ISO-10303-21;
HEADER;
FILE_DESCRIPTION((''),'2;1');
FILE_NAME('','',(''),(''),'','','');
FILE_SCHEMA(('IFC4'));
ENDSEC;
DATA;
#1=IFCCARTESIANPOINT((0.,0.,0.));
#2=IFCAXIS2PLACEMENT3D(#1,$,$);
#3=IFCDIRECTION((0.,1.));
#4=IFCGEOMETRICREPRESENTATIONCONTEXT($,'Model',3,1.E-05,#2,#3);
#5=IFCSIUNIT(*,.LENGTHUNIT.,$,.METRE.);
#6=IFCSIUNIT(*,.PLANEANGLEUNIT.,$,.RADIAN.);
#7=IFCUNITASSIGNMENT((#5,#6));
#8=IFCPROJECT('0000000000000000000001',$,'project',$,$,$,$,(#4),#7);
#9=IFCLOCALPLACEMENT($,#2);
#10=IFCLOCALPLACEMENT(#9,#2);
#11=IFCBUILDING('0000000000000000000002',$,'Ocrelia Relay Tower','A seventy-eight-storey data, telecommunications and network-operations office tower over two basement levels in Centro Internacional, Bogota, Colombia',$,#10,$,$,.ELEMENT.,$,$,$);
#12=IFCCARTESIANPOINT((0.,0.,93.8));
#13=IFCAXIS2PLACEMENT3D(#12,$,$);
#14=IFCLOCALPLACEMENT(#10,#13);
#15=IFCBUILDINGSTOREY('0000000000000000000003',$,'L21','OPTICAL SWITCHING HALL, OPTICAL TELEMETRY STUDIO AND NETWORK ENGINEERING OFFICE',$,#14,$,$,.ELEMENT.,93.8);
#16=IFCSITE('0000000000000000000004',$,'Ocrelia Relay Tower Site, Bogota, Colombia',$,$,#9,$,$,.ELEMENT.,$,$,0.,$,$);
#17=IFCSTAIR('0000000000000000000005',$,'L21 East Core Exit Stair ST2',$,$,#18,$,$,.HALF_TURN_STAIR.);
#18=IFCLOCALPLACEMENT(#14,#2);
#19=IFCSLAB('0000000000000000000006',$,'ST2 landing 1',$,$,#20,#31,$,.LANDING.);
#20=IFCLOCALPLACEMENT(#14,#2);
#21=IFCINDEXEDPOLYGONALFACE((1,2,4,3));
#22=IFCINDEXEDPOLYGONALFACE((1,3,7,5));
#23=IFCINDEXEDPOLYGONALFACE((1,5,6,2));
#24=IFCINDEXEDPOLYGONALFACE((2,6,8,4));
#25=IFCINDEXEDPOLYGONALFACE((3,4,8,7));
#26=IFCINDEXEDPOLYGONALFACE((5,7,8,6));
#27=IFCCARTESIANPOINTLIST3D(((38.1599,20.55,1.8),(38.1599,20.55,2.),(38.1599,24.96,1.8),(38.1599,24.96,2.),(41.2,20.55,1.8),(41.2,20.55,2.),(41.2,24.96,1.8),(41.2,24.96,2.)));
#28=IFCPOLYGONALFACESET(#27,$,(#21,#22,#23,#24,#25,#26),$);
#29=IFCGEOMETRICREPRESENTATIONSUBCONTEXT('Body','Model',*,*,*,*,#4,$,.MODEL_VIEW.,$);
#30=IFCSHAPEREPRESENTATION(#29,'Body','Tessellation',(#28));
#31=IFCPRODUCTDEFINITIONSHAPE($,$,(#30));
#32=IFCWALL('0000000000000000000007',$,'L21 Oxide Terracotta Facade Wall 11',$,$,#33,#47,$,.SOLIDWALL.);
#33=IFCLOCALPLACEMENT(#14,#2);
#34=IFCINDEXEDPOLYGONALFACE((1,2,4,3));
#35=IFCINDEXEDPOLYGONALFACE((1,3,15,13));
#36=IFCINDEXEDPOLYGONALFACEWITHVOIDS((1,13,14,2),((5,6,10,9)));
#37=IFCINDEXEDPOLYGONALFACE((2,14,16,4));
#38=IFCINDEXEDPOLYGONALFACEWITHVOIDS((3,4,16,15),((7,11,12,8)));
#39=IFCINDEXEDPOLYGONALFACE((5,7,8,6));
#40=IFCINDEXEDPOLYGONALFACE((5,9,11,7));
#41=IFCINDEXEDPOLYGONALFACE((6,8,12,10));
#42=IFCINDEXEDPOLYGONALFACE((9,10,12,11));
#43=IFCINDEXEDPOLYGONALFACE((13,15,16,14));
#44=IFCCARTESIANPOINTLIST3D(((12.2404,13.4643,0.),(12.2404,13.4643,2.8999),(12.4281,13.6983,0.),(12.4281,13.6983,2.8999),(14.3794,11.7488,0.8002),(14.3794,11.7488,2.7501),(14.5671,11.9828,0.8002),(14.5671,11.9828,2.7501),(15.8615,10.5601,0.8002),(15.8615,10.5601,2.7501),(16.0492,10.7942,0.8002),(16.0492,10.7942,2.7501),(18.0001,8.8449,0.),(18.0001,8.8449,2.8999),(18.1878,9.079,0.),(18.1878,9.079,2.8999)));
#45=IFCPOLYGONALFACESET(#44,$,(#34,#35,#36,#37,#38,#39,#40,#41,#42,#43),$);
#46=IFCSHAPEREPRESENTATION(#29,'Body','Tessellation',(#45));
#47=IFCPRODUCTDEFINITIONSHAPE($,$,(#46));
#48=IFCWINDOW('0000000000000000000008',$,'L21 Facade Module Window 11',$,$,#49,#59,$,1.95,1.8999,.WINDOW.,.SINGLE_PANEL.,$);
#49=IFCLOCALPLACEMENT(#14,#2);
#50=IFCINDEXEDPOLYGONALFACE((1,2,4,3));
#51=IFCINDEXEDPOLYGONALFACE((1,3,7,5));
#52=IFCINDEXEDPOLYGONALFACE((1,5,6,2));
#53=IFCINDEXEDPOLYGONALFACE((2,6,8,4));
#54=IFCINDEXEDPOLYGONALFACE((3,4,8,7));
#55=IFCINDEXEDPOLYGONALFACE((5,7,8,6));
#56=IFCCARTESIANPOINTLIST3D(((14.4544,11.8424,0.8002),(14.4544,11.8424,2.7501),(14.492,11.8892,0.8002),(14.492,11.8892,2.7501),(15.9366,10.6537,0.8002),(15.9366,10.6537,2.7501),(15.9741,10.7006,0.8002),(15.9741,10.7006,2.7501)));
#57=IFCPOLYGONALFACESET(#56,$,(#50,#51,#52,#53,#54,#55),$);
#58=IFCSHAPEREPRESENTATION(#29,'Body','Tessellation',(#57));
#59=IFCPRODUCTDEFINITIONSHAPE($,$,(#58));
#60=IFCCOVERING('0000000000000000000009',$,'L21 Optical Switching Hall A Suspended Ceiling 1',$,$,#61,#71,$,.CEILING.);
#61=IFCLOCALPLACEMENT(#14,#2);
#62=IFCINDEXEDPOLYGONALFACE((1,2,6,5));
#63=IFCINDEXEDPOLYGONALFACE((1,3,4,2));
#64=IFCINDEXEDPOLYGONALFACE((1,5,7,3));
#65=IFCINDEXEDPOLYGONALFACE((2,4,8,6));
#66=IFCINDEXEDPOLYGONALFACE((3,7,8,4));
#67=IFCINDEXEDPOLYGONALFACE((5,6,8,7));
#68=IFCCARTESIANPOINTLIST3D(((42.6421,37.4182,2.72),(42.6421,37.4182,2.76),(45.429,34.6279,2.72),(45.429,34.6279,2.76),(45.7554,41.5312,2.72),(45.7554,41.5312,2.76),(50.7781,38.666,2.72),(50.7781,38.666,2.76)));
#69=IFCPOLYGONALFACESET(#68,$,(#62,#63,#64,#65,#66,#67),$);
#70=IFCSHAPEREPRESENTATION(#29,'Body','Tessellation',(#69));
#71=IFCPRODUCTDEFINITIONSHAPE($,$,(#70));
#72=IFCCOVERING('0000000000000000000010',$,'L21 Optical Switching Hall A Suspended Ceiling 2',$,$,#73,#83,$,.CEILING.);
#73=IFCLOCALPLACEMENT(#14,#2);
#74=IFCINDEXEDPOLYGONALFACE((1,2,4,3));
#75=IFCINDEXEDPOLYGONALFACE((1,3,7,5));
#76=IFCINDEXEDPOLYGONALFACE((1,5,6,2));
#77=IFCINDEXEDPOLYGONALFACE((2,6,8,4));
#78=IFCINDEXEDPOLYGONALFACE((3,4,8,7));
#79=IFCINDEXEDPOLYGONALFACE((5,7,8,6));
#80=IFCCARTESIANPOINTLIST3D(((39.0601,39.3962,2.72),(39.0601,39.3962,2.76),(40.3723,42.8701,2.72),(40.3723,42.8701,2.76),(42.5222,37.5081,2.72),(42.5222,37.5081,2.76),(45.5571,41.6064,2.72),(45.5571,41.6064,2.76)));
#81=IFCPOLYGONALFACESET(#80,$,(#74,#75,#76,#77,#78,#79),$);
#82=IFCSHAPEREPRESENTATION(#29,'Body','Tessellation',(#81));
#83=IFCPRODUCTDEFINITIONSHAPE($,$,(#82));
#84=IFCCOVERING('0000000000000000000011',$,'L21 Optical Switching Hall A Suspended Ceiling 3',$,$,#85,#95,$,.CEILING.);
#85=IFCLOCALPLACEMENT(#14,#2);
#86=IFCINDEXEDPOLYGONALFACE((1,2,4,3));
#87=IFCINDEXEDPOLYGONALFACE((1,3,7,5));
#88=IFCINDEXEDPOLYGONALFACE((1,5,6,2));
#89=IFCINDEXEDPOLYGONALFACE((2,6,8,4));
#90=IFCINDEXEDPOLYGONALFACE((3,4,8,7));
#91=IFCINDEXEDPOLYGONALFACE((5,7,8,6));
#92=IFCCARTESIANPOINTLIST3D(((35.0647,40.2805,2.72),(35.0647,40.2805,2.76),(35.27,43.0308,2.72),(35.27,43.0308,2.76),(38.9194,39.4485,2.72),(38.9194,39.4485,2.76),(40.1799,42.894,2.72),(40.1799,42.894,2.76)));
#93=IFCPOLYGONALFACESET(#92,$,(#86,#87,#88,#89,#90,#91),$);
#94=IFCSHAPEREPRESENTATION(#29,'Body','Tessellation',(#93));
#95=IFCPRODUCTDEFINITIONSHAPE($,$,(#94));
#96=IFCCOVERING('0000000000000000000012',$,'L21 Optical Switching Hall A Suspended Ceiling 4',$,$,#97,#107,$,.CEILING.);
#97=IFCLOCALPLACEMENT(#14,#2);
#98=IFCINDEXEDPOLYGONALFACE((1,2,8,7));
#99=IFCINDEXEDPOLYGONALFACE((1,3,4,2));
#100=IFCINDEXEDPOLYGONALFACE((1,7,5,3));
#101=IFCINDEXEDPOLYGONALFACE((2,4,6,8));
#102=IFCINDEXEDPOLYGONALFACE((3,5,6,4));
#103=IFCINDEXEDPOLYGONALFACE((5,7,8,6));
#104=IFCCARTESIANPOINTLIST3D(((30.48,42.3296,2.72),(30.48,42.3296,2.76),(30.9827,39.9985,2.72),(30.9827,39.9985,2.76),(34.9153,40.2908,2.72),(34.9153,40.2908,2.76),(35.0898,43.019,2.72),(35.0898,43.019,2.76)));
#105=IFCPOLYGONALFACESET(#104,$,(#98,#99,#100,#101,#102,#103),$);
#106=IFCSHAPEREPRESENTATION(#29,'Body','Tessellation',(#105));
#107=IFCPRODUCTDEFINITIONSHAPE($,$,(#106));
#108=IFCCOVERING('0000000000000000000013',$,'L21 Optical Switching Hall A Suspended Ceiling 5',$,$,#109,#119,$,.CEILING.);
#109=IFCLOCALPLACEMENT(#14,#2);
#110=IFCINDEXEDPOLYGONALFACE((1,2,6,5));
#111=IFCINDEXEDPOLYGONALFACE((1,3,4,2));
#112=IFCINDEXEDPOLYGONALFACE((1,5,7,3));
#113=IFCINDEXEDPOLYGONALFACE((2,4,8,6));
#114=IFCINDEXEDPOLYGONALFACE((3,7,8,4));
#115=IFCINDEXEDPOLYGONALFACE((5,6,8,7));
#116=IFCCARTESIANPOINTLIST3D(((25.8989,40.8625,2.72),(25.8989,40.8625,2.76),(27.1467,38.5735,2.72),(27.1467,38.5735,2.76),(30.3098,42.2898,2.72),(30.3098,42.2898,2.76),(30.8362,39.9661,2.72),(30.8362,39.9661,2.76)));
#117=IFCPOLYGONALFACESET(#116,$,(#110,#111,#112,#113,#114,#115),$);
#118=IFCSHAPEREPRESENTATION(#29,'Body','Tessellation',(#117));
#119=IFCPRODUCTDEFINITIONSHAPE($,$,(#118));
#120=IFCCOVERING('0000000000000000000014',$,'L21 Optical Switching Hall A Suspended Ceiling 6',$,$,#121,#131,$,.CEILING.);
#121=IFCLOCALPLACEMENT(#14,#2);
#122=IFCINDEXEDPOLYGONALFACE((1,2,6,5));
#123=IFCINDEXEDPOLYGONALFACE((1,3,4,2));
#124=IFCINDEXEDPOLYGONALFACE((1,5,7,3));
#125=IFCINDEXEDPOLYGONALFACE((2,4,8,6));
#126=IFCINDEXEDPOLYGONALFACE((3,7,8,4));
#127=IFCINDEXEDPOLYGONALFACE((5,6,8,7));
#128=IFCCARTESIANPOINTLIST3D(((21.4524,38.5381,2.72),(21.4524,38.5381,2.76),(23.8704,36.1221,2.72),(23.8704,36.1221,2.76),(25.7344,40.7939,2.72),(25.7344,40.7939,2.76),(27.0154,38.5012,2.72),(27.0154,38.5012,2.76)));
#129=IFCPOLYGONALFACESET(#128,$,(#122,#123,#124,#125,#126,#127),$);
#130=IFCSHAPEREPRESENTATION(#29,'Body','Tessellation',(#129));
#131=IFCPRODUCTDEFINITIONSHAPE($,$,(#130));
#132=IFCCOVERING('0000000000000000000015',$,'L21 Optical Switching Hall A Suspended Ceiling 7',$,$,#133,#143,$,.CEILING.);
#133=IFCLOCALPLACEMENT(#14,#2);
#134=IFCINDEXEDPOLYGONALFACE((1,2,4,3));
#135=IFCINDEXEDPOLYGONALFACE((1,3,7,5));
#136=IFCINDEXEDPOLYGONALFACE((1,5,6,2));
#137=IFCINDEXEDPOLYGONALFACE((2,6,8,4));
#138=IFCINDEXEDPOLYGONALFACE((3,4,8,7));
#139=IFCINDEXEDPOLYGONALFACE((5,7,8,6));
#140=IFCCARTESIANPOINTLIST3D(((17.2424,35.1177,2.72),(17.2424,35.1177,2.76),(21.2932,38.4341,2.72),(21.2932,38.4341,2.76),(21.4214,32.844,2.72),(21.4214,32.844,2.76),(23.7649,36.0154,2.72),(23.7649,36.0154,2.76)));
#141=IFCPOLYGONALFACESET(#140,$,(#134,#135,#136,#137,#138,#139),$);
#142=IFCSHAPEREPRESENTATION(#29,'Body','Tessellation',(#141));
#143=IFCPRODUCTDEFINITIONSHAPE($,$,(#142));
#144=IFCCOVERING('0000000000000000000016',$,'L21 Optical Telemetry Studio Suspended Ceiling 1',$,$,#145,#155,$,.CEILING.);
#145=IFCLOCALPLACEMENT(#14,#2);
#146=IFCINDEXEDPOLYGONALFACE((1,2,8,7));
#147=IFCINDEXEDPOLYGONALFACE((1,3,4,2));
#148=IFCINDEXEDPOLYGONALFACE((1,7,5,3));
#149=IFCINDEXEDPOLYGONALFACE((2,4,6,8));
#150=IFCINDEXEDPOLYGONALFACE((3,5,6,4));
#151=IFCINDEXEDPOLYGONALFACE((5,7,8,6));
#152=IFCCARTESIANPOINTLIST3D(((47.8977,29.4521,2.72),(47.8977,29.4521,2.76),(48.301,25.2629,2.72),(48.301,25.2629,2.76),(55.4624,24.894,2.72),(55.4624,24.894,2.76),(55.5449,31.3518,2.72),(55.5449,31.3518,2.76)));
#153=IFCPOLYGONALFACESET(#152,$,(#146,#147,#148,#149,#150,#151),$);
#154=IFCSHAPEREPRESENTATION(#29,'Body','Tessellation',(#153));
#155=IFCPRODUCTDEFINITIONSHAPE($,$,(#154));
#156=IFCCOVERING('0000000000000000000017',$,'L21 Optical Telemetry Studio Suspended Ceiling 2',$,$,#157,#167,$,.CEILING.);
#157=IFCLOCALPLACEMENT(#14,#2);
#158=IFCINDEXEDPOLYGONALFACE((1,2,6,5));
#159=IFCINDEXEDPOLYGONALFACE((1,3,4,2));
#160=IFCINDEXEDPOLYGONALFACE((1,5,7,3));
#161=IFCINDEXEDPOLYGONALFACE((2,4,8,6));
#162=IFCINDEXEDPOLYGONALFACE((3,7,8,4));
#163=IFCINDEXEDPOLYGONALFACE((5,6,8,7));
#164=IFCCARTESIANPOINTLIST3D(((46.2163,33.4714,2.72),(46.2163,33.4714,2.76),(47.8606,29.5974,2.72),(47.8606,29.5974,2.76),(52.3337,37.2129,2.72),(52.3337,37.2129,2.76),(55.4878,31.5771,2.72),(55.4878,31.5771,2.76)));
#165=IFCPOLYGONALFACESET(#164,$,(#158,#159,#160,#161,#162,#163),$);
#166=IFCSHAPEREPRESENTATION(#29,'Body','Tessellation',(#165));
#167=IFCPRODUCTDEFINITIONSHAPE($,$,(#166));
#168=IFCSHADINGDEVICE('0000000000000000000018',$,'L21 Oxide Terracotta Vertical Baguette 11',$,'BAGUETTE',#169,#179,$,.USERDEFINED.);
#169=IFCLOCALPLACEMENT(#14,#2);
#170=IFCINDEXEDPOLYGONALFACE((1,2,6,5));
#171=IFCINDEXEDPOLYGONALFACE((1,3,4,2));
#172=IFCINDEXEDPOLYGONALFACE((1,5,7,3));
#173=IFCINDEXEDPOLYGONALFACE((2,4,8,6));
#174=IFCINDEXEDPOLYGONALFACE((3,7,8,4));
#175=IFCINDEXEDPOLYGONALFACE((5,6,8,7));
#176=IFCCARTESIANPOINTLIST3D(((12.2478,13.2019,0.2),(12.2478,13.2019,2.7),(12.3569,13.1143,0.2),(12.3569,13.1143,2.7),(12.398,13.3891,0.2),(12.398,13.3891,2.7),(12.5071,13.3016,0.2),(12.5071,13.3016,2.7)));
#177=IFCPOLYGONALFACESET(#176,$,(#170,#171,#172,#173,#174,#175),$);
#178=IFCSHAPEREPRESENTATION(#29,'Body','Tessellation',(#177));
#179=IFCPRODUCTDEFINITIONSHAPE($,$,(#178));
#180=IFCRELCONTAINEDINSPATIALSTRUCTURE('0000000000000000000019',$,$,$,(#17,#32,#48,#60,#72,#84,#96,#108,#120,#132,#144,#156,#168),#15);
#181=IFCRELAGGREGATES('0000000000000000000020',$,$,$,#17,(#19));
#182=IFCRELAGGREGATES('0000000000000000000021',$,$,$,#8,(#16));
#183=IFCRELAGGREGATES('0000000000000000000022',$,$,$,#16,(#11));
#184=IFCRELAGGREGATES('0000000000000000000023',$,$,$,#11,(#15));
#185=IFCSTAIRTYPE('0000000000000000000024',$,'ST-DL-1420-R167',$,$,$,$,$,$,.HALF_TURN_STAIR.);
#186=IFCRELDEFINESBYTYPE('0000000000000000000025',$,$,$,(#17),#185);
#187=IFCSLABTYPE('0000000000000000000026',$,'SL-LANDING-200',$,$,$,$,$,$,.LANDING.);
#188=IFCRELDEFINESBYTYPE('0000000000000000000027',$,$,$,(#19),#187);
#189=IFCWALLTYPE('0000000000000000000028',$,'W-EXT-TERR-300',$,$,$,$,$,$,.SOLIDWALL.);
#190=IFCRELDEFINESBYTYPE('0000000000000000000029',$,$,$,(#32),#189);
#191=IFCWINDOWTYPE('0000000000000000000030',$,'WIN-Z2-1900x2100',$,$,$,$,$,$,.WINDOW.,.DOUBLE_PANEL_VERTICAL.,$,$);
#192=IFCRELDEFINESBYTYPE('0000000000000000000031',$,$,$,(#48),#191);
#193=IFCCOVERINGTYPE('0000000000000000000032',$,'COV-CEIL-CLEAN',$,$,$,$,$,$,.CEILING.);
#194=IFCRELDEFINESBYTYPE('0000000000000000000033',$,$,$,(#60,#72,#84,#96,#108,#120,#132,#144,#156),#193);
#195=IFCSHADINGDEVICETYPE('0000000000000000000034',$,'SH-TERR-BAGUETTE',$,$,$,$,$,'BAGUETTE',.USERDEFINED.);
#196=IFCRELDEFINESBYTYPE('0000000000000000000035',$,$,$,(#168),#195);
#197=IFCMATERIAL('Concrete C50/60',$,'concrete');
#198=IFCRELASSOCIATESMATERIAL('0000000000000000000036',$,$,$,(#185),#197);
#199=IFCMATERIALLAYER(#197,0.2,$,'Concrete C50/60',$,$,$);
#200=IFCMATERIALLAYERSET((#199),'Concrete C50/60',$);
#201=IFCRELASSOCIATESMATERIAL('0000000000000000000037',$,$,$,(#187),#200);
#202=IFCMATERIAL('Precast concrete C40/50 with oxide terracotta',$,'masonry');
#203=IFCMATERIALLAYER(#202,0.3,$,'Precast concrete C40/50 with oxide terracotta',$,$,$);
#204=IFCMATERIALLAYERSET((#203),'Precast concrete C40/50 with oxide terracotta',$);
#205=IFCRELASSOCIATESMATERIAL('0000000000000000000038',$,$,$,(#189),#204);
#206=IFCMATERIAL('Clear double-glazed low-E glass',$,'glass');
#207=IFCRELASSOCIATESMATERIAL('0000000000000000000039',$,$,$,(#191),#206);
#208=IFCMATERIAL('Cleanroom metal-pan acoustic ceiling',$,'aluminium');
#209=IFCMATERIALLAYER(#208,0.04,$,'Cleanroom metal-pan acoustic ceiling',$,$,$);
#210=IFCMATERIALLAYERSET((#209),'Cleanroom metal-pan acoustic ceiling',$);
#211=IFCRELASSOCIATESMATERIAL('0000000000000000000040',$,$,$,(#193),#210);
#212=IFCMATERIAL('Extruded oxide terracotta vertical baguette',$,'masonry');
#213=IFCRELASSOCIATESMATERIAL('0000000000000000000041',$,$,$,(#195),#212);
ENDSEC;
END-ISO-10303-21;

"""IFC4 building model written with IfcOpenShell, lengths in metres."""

from ifc_helpers import new_model, si_unit, direction, frame, frame_2d, origin, origin_2d, place, context, subcontext, project, spatial, polyline, rectangle, outline, extrude, material, layer, layer_set, type_object, element, fill, aggregate, save


model = new_model("IFC4")

# Units and contexts
model_context = context("Model", 3, precision=1e-05, world=origin(), true_north=direction((0.0, 1.0)))
body_context = subcontext(model_context, "Body", "Model", "MODEL_VIEW")
ifc_project = project(units=[si_unit("LENGTHUNIT", "METRE"), si_unit("PLANEANGLEUNIT", "RADIAN")], contexts=[model_context])

# Site, building, storey
site_placement = place(None, origin())
site = spatial("IfcSite", under=ifc_project, at=site_placement, Name="Ocrelia Relay Tower Site, Bogota, Colombia", CompositionType="ELEMENT", RefElevation=0.0)
building_placement = place(site_placement, origin())
building = spatial("IfcBuilding", under=site, at=building_placement, Name="Ocrelia Relay Tower", Description="A seventy-eight-storey data, telecommunications and network-operations office tower over two basement levels in Centro Internacional, Bogota, Colombia", CompositionType="ELEMENT")
storey_placement = place(building_placement, frame((0.0, 0.0, 93.8)))
storey = spatial("IfcBuildingStorey", under=building, at=storey_placement, Name="L21", Description="OPTICAL SWITCHING HALL, OPTICAL TELEMETRY STUDIO AND NETWORK ENGINEERING OFFICE", CompositionType="ELEMENT", Elevation=93.8)

# Shared definitions
ifc_material_1 = material(Name="Concrete C50/60", Category="concrete")

# Stair, slab
stair_type = type_object("IfcStairType", Name="ST-DL-1420-R167", PredefinedType="HALF_TURN_STAIR", material=ifc_material_1)
ifc_layer_1 = layer(ifc_material_1, 0.2, Name="Concrete C50/60")
ifc_layer_set_1 = layer_set([ifc_layer_1], Name="Concrete C50/60")
slab_type_1 = type_object("IfcSlabType", Name="SL-LANDING-200", PredefinedType="LANDING", material=ifc_layer_set_1)
stair_1_placement = place(storey_placement, origin())
stair_1 = element("IfcStair", 1, at=stair_1_placement, inside=storey, type_object=stair_type, Name="L21 East Core Exit Stair ST2", PredefinedType="HALF_TURN_STAIR")
slab_1_placement = place(storey_placement, frame((0.0, 0.0, 1.8)))
slab_1 = element("IfcSlab", 2, at=slab_1_placement, type_object=slab_type_1, Name="ST2 landing 1", PredefinedType="LANDING", context=body_context, shape_type="SweptSolid", body=[
    extrude(outline(polyline([(38.1599, 24.96), (38.1599, 20.55), (41.2, 20.55), (41.2, 24.96), (38.1599, 24.96)])), origin(), (0.0, 0.0, 1.0), 0.2),
])
aggregate(stair_1, [slab_1])

# Wall, opening, window
ifc_material_2 = material(Name="Precast concrete C40/50 with oxide terracotta", Category="masonry")
ifc_layer_2 = layer(ifc_material_2, 0.3, Name="Precast concrete C40/50 with oxide terracotta")
ifc_layer_set_2 = layer_set([ifc_layer_2], Name="Precast concrete C40/50 with oxide terracotta")
wall_type = type_object("IfcWallType", Name="W-EXT-TERR-300", PredefinedType="SOLIDWALL", material=ifc_layer_set_2)
wall_placement = place(storey_placement, frame((12.3342, 13.5813, 0.0), z_axis=(0.0, 0.0, 1.0), x_axis=(0.780104, -0.62565, 0.0)))
wall = element("IfcWall", 3, at=wall_placement, inside=storey, type_object=wall_type, Name="L21 Oxide Terracotta Facade Wall 11", PredefinedType="SOLIDWALL", context=body_context, shape_type="SweptSolid", body=[
    extrude(rectangle(XDim=7.3833, YDim=0.3, at=frame_2d((3.6917, 0.0))), origin(), (0.0, 0.0, 1.0), 2.8999),
])
opening_placement = place(wall_placement, frame((2.7419, 0.0, 0.8)))
opening = element("IfcOpeningElement", 4, at=opening_placement, cuts=wall, PredefinedType="OPENING", context=body_context, shape_type="SweptSolid", body=[
    extrude(rectangle(XDim=1.8999, YDim=1.95, at=frame_2d((0.95, 0.9751))), frame((0.0, 0.1602, 0.0), z_axis=(0.0, -1.0, 0.0), x_axis=(1.0, 0.0, 0.0)), (0.0, 0.0, 1.0), 0.3201),
])
ifc_material_3 = material(Name="Clear double-glazed low-E glass", Category="glass")
window_type = type_object("IfcWindowType", Name="WIN-Z2-1900x2100", PartitioningType="DOUBLE_PANEL_VERTICAL", PredefinedType="WINDOW", material=ifc_material_3)
window_placement = place(opening_placement, origin())
window = element("IfcWindow", 5, at=window_placement, inside=storey, type_object=window_type, Name="L21 Facade Module Window 11", OverallHeight=1.95, OverallWidth=1.8999, PartitioningType="SINGLE_PANEL", PredefinedType="WINDOW", context=body_context, shape_type="SweptSolid", body=[
    extrude(rectangle(XDim=1.8999, YDim=1.95, at=frame_2d((0.95, 0.9751))), frame((0.0, 0.03, 0.0), z_axis=(0.0, -1.0, 0.0), x_axis=(1.0, 0.0, 0.0)), (0.0, 0.0, 1.0), 0.0601),
])
fill(opening, window)

# Coverings
ifc_material_4 = material(Name="Cleanroom metal-pan acoustic ceiling", Category="aluminium")
ifc_layer_3 = layer(ifc_material_4, 0.04, Name="Cleanroom metal-pan acoustic ceiling")
ifc_layer_set_3 = layer_set([ifc_layer_3], Name="Cleanroom metal-pan acoustic ceiling")
covering_type = type_object("IfcCoveringType", Name="COV-CEIL-CLEAN", PredefinedType="CEILING", material=ifc_layer_set_3)
covering_1_placement = place(storey_placement, frame((0.0, 0.0, 2.72)))
element("IfcCovering", 6, at=covering_1_placement, inside=storey, type_object=covering_type, Name="L21 Optical Switching Hall A Suspended Ceiling 1", PredefinedType="CEILING", context=body_context, shape_type="SweptSolid", body=[
    extrude(outline(polyline([(45.429, 34.6279), (50.7781, 38.666), (45.7554, 41.5312), (42.6421, 37.4182), (45.429, 34.6279)])), origin(), (0.0, 0.0, 1.0), 0.04),
])
covering_2_placement = place(storey_placement, frame((0.0, 0.0, 2.72)))
element("IfcCovering", 7, at=covering_2_placement, inside=storey, type_object=covering_type, Name="L21 Optical Switching Hall A Suspended Ceiling 2", PredefinedType="CEILING", context=body_context, shape_type="SweptSolid", body=[
    extrude(outline(polyline([(42.5222, 37.5081), (45.5571, 41.6064), (40.3723, 42.8701), (39.0601, 39.3962), (42.5222, 37.5081)])), origin(), (0.0, 0.0, 1.0), 0.04),
])
covering_3_placement = place(storey_placement, frame((0.0, 0.0, 2.72)))
element("IfcCovering", 8, at=covering_3_placement, inside=storey, type_object=covering_type, Name="L21 Optical Switching Hall A Suspended Ceiling 3", PredefinedType="CEILING", context=body_context, shape_type="SweptSolid", body=[
    extrude(outline(polyline([(38.9194, 39.4485), (40.1799, 42.894), (35.27, 43.0308), (35.0647, 40.2805), (38.9194, 39.4485)])), origin(), (0.0, 0.0, 1.0), 0.04),
])
covering_4_placement = place(storey_placement, frame((0.0, 0.0, 2.72)))
element("IfcCovering", 9, at=covering_4_placement, inside=storey, type_object=covering_type, Name="L21 Optical Switching Hall A Suspended Ceiling 4", PredefinedType="CEILING", context=body_context, shape_type="SweptSolid", body=[
    extrude(outline(polyline([(34.9153, 40.2908), (35.0898, 43.019), (30.48, 42.3296), (30.9827, 39.9985), (34.9153, 40.2908)])), origin(), (0.0, 0.0, 1.0), 0.04),
])
covering_5_placement = place(storey_placement, frame((0.0, 0.0, 2.72)))
element("IfcCovering", 10, at=covering_5_placement, inside=storey, type_object=covering_type, Name="L21 Optical Switching Hall A Suspended Ceiling 5", PredefinedType="CEILING", context=body_context, shape_type="SweptSolid", body=[
    extrude(outline(polyline([(30.8362, 39.9661), (30.3098, 42.2898), (25.8989, 40.8625), (27.1467, 38.5735), (30.8362, 39.9661)])), origin(), (0.0, 0.0, 1.0), 0.04),
])
covering_6_placement = place(storey_placement, frame((0.0, 0.0, 2.72)))
element("IfcCovering", 11, at=covering_6_placement, inside=storey, type_object=covering_type, Name="L21 Optical Switching Hall A Suspended Ceiling 6", PredefinedType="CEILING", context=body_context, shape_type="SweptSolid", body=[
    extrude(outline(polyline([(27.0154, 38.5012), (25.7344, 40.7939), (21.4524, 38.5381), (23.8704, 36.1221), (27.0154, 38.5012)])), origin(), (0.0, 0.0, 1.0), 0.04),
])
covering_7_placement = place(storey_placement, frame((0.0, 0.0, 2.72)))
element("IfcCovering", 12, at=covering_7_placement, inside=storey, type_object=covering_type, Name="L21 Optical Switching Hall A Suspended Ceiling 7", PredefinedType="CEILING", context=body_context, shape_type="SweptSolid", body=[
    extrude(outline(polyline([(23.7649, 36.0154), (21.2932, 38.4341), (17.2424, 35.1177), (21.4214, 32.844), (23.7649, 36.0154)])), origin(), (0.0, 0.0, 1.0), 0.04),
])
covering_8_placement = place(storey_placement, frame((0.0, 0.0, 2.72)))
element("IfcCovering", 13, at=covering_8_placement, inside=storey, type_object=covering_type, Name="L21 Optical Telemetry Studio Suspended Ceiling 1", PredefinedType="CEILING", context=body_context, shape_type="SweptSolid", body=[
    extrude(outline(polyline([(48.301, 25.2629), (55.4624, 24.894), (55.5449, 31.3518), (47.8977, 29.4521), (48.301, 25.2629)])), origin(), (0.0, 0.0, 1.0), 0.04),
])
covering_9_placement = place(storey_placement, frame((0.0, 0.0, 2.72)))
element("IfcCovering", 14, at=covering_9_placement, inside=storey, type_object=covering_type, Name="L21 Optical Telemetry Studio Suspended Ceiling 2", PredefinedType="CEILING", context=body_context, shape_type="SweptSolid", body=[
    extrude(outline(polyline([(47.8606, 29.5974), (55.4878, 31.5771), (52.3337, 37.2129), (46.2163, 33.4714), (47.8606, 29.5974)])), origin(), (0.0, 0.0, 1.0), 0.04),
])

# Shading device
ifc_material_5 = material(Name="Extruded oxide terracotta vertical baguette", Category="masonry")
shading_device_type_1 = type_object("IfcShadingDeviceType", Name="SH-TERR-BAGUETTE", ElementType="BAGUETTE", PredefinedType="USERDEFINED", material=ifc_material_5)
shading_device_1_placement = place(storey_placement, frame((12.3774, 13.2517, 0.2), z_axis=(0.0, 0.0, 1.0), x_axis=(0.780099, -0.625656, 0.0)))
element("IfcShadingDevice", 15, at=shading_device_1_placement, inside=storey, type_object=shading_device_type_1, Name="L21 Oxide Terracotta Vertical Baguette 11", ObjectType="BAGUETTE", PredefinedType="USERDEFINED", context=body_context, shape_type="SweptSolid", body=[
    extrude(rectangle(XDim=0.1399, YDim=0.24, at=origin_2d()), origin(), (0.0, 0.0, 1.0), 2.5),
])

save(model, "model.ifc")
